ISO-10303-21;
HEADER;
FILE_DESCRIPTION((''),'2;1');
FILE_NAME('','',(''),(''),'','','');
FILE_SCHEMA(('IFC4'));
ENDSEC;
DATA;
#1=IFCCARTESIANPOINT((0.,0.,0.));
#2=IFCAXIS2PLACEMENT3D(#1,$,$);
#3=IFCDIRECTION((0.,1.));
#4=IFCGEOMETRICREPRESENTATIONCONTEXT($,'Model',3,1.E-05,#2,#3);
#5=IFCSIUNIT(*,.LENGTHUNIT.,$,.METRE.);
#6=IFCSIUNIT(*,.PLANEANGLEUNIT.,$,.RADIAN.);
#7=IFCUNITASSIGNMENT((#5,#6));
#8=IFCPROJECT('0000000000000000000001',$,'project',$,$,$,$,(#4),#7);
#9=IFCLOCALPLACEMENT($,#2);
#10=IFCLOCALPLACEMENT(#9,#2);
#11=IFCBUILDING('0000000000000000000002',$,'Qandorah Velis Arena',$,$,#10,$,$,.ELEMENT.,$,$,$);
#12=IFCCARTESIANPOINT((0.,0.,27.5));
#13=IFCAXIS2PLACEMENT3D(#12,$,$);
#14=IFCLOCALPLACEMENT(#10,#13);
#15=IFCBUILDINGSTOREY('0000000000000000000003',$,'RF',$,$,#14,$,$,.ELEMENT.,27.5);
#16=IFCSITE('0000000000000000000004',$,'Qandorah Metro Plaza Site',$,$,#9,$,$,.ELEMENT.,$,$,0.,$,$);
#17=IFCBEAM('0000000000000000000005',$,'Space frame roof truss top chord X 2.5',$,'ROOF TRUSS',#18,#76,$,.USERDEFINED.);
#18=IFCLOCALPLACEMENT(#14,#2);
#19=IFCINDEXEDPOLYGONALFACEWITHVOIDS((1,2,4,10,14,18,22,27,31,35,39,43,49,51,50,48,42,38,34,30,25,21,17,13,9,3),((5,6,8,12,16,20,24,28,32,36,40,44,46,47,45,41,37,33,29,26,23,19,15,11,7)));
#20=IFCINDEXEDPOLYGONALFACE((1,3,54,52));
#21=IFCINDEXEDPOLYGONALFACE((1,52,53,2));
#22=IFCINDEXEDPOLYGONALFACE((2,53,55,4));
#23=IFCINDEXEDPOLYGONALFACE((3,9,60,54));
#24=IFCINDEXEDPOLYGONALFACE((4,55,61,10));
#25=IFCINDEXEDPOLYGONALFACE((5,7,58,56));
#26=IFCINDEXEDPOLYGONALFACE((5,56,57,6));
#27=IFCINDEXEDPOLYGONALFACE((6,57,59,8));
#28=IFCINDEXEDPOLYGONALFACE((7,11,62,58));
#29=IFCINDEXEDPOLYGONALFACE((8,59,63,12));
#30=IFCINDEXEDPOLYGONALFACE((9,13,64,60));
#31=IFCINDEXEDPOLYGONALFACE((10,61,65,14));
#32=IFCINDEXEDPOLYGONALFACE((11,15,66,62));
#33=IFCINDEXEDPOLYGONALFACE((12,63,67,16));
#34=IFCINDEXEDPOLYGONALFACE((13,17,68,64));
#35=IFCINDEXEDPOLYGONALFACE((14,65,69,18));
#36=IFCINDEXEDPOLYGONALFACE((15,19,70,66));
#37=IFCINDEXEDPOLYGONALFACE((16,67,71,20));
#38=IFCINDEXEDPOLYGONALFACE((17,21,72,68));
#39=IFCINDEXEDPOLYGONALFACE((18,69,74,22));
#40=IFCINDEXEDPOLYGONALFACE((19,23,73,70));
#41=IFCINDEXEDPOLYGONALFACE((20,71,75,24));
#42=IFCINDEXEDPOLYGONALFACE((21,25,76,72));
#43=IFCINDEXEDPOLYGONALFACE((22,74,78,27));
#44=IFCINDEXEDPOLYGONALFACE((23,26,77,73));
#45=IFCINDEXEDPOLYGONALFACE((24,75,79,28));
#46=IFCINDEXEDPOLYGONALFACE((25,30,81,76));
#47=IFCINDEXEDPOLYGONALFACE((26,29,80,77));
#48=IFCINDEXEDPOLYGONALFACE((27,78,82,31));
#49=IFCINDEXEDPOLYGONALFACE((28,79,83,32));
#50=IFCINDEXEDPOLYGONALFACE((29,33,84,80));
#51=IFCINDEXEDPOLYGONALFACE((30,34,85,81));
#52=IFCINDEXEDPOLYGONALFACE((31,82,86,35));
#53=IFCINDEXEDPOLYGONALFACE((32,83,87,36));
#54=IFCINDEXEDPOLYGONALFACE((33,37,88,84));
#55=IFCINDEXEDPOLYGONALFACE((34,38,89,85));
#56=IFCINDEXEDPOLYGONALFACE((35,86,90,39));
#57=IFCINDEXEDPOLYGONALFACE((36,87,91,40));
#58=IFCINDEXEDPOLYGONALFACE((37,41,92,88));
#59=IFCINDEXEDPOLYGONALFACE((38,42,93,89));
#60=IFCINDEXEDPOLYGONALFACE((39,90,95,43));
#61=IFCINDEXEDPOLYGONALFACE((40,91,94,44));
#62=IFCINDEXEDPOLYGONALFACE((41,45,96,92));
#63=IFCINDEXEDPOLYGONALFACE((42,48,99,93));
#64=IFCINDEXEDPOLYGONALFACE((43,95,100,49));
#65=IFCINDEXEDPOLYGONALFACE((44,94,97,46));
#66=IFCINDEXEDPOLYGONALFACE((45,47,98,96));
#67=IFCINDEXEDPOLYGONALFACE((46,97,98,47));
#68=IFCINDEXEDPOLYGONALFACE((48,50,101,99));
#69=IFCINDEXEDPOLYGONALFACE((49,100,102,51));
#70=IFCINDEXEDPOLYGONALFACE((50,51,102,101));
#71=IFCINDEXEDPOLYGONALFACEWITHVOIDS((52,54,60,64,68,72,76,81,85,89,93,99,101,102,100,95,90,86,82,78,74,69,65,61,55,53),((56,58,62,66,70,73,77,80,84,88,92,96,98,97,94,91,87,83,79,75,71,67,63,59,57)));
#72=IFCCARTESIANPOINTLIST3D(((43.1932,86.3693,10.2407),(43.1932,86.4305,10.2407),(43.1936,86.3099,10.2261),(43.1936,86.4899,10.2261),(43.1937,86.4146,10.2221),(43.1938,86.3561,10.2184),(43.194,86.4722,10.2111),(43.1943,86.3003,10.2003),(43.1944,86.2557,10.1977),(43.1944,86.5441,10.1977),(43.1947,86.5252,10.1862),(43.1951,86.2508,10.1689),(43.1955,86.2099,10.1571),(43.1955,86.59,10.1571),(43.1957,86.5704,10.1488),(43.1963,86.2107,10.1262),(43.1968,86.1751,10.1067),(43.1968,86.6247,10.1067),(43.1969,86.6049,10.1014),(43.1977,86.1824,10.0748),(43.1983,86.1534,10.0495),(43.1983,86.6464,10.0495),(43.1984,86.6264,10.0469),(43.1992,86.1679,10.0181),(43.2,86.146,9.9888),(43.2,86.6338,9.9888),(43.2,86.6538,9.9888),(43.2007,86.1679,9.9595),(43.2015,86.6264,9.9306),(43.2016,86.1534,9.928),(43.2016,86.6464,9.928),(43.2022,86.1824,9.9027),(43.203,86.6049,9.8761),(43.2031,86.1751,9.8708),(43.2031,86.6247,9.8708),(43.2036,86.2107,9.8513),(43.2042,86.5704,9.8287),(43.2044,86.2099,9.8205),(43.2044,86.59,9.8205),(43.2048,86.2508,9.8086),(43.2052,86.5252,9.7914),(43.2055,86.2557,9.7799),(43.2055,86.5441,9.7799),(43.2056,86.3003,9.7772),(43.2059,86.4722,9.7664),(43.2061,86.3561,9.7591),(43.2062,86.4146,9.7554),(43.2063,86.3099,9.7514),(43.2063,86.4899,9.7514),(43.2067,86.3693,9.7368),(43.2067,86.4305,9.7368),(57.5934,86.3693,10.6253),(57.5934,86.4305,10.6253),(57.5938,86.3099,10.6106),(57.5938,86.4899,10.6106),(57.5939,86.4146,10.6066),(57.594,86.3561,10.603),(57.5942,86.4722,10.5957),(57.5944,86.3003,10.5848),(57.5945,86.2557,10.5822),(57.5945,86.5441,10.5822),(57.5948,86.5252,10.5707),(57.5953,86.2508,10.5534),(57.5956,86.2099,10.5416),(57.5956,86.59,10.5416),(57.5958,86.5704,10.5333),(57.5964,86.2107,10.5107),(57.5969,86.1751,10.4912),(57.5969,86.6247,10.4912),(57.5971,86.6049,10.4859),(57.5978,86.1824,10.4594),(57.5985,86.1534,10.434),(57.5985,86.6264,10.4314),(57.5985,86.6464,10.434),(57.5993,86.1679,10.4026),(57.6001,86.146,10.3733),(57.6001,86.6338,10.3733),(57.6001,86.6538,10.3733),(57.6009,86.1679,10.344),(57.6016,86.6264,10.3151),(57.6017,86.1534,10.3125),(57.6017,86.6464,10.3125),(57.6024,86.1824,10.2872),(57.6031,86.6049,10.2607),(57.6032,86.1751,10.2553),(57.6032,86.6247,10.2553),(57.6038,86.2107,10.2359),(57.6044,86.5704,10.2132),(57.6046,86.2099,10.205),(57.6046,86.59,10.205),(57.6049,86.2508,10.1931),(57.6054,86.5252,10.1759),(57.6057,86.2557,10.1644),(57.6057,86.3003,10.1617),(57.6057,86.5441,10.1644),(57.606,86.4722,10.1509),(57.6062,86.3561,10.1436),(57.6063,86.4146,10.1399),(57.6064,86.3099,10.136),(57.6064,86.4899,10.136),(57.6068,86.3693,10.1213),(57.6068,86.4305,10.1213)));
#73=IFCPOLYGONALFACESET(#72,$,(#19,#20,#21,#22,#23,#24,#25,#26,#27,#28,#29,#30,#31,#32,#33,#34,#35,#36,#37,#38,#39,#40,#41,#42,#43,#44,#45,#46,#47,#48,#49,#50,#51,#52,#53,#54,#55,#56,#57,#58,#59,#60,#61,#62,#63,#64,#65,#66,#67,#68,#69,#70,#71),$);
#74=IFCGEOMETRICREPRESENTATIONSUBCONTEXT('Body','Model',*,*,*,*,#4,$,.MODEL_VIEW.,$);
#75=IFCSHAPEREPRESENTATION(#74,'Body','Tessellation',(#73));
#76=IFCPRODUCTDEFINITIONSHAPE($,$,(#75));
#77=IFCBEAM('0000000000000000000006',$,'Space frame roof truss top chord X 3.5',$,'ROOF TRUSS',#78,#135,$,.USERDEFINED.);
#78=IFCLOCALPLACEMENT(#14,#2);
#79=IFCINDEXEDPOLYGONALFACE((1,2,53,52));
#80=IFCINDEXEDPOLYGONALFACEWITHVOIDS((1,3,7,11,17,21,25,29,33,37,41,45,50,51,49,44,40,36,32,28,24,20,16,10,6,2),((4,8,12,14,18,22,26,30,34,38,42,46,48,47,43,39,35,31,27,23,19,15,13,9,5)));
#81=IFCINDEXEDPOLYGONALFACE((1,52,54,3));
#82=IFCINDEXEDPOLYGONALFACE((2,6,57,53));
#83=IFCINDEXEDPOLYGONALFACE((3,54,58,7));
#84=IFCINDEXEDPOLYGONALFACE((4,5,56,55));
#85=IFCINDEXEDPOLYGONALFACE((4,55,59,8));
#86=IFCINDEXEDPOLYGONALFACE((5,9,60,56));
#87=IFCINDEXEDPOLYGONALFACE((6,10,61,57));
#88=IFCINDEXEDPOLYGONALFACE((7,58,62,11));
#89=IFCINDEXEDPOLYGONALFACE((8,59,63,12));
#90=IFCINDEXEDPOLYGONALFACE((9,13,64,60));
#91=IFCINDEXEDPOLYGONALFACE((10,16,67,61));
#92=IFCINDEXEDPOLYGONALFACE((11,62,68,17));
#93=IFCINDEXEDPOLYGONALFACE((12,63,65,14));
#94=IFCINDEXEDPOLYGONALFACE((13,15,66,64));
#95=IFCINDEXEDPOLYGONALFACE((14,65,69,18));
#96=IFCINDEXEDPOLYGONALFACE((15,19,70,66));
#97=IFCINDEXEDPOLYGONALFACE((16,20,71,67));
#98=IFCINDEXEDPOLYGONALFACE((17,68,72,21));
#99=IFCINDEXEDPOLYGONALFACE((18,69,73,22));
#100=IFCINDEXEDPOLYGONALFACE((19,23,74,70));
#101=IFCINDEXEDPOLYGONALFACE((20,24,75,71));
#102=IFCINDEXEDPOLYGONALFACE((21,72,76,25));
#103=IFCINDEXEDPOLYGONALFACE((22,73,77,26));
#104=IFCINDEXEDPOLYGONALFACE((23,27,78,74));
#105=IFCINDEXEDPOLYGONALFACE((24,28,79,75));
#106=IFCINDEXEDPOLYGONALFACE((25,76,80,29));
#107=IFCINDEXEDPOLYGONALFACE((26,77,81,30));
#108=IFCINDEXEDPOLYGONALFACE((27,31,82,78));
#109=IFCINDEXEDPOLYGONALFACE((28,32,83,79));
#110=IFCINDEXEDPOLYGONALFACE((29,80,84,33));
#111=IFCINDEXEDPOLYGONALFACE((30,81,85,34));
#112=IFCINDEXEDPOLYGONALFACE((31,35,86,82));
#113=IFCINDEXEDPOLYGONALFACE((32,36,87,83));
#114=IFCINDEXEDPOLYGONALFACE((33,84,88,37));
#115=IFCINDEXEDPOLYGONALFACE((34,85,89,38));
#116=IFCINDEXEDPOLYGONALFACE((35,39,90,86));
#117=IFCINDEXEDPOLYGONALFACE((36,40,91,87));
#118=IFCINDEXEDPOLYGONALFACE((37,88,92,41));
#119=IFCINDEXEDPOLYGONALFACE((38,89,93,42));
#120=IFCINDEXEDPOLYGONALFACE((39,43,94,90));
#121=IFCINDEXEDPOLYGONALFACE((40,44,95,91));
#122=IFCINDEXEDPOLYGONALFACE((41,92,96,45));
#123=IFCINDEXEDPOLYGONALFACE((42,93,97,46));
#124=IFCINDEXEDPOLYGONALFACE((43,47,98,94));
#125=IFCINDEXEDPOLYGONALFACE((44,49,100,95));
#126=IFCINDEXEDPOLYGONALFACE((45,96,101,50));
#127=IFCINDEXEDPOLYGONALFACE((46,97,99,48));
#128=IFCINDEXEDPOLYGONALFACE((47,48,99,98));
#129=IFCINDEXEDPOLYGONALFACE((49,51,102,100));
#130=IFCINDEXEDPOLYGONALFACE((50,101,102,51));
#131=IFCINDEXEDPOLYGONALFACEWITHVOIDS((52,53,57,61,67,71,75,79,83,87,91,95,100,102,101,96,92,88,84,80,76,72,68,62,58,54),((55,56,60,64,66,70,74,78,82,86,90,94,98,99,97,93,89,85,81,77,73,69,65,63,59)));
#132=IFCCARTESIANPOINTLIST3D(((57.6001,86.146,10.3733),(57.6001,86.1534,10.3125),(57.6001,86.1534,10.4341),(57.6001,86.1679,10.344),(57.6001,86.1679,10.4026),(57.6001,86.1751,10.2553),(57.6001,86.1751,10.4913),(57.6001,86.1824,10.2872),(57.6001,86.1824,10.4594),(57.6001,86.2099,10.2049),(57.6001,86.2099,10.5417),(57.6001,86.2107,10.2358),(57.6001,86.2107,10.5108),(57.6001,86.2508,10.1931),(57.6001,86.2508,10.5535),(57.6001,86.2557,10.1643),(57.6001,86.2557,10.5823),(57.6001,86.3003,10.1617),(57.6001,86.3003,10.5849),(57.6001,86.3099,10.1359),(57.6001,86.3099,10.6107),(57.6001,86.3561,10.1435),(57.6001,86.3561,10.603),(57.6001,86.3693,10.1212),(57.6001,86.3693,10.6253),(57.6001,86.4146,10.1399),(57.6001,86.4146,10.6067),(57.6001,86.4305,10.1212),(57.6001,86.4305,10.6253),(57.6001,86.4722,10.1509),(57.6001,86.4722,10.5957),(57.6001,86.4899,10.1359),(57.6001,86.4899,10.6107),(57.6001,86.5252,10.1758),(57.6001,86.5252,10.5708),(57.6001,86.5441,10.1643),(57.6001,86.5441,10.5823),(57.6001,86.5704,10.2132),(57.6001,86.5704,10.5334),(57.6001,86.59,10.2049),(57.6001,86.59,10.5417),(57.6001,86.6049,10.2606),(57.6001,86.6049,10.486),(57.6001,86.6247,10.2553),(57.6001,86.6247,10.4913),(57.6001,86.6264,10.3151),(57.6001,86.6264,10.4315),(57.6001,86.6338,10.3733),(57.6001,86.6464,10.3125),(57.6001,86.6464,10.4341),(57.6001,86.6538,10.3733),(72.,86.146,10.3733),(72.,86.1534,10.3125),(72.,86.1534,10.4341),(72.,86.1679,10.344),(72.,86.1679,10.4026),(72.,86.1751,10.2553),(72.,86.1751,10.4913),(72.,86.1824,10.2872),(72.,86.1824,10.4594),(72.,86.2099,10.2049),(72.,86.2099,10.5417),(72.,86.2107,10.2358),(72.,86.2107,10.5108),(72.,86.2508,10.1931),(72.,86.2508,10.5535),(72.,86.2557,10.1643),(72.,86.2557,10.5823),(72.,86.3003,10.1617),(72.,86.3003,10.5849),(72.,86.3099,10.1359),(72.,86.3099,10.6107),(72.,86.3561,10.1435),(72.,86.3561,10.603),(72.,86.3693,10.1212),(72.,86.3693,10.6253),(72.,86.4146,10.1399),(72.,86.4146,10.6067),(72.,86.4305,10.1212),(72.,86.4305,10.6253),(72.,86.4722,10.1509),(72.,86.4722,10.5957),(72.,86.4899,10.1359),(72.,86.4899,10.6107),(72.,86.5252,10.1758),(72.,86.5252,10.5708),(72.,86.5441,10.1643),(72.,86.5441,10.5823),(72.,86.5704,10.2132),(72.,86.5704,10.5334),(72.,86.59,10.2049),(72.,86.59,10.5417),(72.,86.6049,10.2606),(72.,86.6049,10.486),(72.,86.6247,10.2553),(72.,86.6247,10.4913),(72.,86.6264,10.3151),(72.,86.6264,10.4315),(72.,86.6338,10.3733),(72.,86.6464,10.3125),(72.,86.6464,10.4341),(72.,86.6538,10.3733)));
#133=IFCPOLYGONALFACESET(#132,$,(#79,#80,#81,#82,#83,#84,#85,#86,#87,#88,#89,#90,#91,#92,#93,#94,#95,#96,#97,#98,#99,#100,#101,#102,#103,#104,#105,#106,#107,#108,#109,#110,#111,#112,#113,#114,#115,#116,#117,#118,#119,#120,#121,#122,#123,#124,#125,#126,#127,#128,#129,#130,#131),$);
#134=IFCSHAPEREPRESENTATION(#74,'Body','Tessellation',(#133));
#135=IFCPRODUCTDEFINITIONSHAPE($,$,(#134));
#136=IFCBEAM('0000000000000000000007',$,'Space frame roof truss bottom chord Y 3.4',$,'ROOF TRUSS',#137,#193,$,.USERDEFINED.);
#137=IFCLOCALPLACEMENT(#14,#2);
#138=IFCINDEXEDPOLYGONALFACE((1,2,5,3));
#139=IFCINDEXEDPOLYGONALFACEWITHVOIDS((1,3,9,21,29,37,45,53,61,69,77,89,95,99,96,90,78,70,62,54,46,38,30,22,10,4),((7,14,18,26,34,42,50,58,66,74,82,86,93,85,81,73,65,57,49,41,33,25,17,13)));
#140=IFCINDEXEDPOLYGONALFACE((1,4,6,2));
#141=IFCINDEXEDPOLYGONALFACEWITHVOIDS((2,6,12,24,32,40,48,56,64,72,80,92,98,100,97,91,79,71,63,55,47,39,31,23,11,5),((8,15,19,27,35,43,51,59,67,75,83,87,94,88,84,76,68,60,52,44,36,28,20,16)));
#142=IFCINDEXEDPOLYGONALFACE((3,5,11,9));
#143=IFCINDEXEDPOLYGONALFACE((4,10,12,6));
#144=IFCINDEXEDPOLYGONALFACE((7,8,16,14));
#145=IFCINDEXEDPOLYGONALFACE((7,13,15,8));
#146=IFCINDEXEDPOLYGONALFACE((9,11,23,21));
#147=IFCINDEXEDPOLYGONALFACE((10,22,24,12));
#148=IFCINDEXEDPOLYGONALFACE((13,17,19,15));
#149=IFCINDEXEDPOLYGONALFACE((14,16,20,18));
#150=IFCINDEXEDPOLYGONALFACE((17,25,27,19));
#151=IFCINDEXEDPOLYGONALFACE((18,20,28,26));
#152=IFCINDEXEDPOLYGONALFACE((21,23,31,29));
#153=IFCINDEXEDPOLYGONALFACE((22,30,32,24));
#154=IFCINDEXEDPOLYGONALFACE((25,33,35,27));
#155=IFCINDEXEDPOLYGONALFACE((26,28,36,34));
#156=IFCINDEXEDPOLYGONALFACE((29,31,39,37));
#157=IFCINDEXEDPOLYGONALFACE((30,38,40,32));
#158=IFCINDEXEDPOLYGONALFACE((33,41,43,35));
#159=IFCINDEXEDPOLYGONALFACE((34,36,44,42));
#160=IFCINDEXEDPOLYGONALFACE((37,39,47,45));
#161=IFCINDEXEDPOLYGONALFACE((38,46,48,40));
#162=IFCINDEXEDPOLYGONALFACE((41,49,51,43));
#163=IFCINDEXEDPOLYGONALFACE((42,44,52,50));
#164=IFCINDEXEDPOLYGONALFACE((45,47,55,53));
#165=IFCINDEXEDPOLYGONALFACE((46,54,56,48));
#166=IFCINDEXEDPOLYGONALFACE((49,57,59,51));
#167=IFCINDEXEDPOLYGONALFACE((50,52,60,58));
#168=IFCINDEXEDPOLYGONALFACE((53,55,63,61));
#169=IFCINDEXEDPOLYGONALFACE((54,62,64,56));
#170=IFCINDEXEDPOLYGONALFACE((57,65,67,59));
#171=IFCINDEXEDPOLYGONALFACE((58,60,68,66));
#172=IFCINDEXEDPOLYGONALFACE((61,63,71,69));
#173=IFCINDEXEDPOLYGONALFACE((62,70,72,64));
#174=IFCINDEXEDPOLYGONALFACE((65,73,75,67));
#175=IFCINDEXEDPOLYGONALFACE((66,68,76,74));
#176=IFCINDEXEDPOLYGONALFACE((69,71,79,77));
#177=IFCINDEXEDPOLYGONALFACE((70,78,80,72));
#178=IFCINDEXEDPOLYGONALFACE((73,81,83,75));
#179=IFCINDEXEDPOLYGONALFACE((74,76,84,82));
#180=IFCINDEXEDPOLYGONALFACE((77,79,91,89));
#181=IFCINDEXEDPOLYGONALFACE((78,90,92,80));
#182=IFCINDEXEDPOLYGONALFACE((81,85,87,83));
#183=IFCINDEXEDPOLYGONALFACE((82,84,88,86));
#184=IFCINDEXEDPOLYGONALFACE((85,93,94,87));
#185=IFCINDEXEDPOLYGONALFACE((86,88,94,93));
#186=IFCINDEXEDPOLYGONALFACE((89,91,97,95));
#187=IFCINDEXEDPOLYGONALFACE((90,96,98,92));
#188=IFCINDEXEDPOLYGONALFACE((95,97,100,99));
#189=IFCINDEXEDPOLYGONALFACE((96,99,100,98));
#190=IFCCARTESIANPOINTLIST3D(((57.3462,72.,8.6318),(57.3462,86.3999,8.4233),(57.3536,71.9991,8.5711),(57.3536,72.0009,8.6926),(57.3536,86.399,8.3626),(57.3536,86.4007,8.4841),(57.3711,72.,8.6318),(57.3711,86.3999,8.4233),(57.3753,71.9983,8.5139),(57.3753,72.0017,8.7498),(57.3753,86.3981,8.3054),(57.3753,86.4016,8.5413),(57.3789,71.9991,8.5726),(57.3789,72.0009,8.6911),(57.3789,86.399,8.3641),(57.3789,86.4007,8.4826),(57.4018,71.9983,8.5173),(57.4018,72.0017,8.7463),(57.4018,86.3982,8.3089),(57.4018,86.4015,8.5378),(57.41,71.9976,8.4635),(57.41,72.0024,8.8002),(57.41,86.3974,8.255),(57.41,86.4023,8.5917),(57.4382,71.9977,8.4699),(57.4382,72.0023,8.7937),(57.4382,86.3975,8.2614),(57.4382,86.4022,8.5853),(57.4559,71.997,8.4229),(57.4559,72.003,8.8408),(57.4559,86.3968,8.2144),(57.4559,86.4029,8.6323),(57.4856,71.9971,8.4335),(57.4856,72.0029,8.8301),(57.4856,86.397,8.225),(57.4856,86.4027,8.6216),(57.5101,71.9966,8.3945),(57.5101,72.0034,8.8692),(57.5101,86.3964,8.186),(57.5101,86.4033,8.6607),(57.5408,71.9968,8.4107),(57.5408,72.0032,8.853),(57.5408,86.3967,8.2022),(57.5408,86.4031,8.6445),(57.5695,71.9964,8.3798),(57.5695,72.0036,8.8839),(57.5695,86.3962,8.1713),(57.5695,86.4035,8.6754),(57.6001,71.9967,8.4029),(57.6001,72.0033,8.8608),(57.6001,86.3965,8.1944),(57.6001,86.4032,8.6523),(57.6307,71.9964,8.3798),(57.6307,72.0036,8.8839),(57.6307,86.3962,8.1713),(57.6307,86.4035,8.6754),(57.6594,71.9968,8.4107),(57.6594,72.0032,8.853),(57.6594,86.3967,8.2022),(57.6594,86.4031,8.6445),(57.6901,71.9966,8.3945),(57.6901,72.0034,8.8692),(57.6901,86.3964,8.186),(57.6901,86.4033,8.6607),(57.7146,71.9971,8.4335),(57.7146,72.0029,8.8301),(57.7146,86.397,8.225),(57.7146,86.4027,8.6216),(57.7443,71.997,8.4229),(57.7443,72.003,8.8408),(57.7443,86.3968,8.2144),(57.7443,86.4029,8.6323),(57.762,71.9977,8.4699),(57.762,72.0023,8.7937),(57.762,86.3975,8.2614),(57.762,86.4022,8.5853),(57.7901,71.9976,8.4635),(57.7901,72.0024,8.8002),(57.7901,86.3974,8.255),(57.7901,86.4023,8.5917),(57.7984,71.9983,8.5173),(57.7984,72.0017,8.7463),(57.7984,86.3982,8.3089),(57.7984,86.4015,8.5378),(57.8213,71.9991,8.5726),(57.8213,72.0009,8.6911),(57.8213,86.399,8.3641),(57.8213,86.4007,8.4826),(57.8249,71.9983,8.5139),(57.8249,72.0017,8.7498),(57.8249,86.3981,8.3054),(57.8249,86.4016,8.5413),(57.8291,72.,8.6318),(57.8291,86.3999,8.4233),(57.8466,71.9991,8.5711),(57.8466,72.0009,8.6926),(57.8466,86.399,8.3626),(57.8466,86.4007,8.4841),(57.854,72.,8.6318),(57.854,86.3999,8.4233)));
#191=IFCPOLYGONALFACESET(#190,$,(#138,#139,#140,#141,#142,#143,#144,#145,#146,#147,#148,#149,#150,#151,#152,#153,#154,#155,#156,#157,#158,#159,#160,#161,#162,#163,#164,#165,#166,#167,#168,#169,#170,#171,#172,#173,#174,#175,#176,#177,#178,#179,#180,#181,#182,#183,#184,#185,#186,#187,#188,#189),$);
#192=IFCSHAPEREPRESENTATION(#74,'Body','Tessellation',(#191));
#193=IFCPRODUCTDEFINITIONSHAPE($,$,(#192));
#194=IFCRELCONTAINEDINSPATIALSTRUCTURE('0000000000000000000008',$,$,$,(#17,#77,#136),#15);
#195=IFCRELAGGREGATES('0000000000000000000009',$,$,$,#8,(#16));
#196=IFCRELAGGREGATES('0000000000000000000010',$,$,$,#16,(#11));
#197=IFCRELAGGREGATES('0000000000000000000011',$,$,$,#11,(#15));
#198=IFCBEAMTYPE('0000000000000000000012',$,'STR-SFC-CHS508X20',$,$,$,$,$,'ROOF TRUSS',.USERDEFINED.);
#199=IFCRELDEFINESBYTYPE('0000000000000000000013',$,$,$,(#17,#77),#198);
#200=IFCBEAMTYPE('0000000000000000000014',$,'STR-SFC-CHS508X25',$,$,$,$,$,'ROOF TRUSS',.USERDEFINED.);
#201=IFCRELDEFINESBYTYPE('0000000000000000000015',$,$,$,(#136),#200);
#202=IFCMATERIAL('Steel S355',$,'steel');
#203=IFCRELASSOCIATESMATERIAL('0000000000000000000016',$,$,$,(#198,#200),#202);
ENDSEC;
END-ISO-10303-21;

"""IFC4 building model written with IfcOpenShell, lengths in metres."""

from ifc_helpers import new_model, si_unit, direction, frame, origin, origin_2d, place, context, subcontext, project, spatial, hollow_circle, extrude, material, material_profile, profile_set, type_object, element, save


model = new_model("IFC4")

# Units and contexts
model_context = context("Model", 3, precision=1e-05, world=origin(), true_north=direction((0.0, 1.0)))
body_context = subcontext(model_context, "Body", "Model", "MODEL_VIEW")
ifc_project = project(units=[si_unit("LENGTHUNIT", "METRE"), si_unit("PLANEANGLEUNIT", "RADIAN")], contexts=[model_context])

# Site, building, storey
site_placement = place(None, origin())
site = spatial("IfcSite", under=ifc_project, at=site_placement, Name="Qandorah Metro Plaza Site", CompositionType="ELEMENT", RefElevation=0.0)
building_placement = place(site_placement, origin())
building = spatial("IfcBuilding", under=site, at=building_placement, Name="Qandorah Velis Arena", CompositionType="ELEMENT")
storey_placement = place(building_placement, frame((0.0, 0.0, 27.5)))
storey = spatial("IfcBuildingStorey", under=building, at=storey_placement, Name="RF", CompositionType="ELEMENT", Elevation=27.5)

# Shared definitions
ifc_material_1 = material(Name="Steel S355", Category="steel")

# Beams
ifc_material_profile_1 = material_profile(ifc_material_1, hollow_circle(Radius=0.2539, WallThickness=0.02, at=origin_2d()), Name="CHS 508x20")
ifc_profile_set_1 = profile_set([ifc_material_profile_1], Name="Steel S355")
beam_type_1 = type_object("IfcBeamType", Name="STR-SFC-CHS508X20", ElementType="ROOF TRUSS", PredefinedType="USERDEFINED", material=ifc_profile_set_1)
beam_1_placement = place(storey_placement, frame((43.2, 86.3999, 9.9888), z_axis=(0.999644, 0.0, 0.026693), x_axis=(0.0, 1.0, 0.0)))
element("IfcBeam", 1, at=beam_1_placement, inside=storey, type_object=beam_type_1, Name="Space frame roof truss top chord X 2.5", ObjectType="ROOF TRUSS", PredefinedType="USERDEFINED", context=body_context, shape_type="SweptSolid", body=[
    extrude(hollow_circle(Radius=0.2539, WallThickness=0.02, at=origin_2d()), origin(), (0.0, 0.0, 1.0), 14.4053),
])
beam_2_placement = place(storey_placement, frame((57.6001, 86.3999, 10.3733), z_axis=(1.0, 0.0, 0.0), x_axis=(0.0, 1.0, 0.0)))
element("IfcBeam", 2, at=beam_2_placement, inside=storey, type_object=beam_type_1, Name="Space frame roof truss top chord X 3.5", ObjectType="ROOF TRUSS", PredefinedType="USERDEFINED", context=body_context, shape_type="SweptSolid", body=[
    extrude(hollow_circle(Radius=0.2539, WallThickness=0.02, at=origin_2d()), origin(), (0.0, 0.0, 1.0), 14.3999),
])
ifc_material_profile_2 = material_profile(ifc_material_1, hollow_circle(Radius=0.2539, WallThickness=0.0249, at=origin_2d()), Name="CHS 508x25")
ifc_profile_set_2 = profile_set([ifc_material_profile_2], Name="Steel S355")
beam_type_2 = type_object("IfcBeamType", Name="STR-SFC-CHS508X25", ElementType="ROOF TRUSS", PredefinedType="USERDEFINED", material=ifc_profile_set_2)
beam_3_placement = place(storey_placement, frame((57.6001, 72.0, 8.6318), z_axis=(0.0, 0.999895, -0.014477), x_axis=(-1.0, 0.0, 0.0)))
element("IfcBeam", 3, at=beam_3_placement, inside=storey, type_object=beam_type_2, Name="Space frame roof truss bottom chord Y 3.4", ObjectType="ROOF TRUSS", PredefinedType="USERDEFINED", context=body_context, shape_type="SweptSolid", body=[
    extrude(hollow_circle(Radius=0.2539, WallThickness=0.0249, at=origin_2d()), origin(), (0.0, 0.0, 1.0), 14.4014),
])

save(model, "model.ifc")
